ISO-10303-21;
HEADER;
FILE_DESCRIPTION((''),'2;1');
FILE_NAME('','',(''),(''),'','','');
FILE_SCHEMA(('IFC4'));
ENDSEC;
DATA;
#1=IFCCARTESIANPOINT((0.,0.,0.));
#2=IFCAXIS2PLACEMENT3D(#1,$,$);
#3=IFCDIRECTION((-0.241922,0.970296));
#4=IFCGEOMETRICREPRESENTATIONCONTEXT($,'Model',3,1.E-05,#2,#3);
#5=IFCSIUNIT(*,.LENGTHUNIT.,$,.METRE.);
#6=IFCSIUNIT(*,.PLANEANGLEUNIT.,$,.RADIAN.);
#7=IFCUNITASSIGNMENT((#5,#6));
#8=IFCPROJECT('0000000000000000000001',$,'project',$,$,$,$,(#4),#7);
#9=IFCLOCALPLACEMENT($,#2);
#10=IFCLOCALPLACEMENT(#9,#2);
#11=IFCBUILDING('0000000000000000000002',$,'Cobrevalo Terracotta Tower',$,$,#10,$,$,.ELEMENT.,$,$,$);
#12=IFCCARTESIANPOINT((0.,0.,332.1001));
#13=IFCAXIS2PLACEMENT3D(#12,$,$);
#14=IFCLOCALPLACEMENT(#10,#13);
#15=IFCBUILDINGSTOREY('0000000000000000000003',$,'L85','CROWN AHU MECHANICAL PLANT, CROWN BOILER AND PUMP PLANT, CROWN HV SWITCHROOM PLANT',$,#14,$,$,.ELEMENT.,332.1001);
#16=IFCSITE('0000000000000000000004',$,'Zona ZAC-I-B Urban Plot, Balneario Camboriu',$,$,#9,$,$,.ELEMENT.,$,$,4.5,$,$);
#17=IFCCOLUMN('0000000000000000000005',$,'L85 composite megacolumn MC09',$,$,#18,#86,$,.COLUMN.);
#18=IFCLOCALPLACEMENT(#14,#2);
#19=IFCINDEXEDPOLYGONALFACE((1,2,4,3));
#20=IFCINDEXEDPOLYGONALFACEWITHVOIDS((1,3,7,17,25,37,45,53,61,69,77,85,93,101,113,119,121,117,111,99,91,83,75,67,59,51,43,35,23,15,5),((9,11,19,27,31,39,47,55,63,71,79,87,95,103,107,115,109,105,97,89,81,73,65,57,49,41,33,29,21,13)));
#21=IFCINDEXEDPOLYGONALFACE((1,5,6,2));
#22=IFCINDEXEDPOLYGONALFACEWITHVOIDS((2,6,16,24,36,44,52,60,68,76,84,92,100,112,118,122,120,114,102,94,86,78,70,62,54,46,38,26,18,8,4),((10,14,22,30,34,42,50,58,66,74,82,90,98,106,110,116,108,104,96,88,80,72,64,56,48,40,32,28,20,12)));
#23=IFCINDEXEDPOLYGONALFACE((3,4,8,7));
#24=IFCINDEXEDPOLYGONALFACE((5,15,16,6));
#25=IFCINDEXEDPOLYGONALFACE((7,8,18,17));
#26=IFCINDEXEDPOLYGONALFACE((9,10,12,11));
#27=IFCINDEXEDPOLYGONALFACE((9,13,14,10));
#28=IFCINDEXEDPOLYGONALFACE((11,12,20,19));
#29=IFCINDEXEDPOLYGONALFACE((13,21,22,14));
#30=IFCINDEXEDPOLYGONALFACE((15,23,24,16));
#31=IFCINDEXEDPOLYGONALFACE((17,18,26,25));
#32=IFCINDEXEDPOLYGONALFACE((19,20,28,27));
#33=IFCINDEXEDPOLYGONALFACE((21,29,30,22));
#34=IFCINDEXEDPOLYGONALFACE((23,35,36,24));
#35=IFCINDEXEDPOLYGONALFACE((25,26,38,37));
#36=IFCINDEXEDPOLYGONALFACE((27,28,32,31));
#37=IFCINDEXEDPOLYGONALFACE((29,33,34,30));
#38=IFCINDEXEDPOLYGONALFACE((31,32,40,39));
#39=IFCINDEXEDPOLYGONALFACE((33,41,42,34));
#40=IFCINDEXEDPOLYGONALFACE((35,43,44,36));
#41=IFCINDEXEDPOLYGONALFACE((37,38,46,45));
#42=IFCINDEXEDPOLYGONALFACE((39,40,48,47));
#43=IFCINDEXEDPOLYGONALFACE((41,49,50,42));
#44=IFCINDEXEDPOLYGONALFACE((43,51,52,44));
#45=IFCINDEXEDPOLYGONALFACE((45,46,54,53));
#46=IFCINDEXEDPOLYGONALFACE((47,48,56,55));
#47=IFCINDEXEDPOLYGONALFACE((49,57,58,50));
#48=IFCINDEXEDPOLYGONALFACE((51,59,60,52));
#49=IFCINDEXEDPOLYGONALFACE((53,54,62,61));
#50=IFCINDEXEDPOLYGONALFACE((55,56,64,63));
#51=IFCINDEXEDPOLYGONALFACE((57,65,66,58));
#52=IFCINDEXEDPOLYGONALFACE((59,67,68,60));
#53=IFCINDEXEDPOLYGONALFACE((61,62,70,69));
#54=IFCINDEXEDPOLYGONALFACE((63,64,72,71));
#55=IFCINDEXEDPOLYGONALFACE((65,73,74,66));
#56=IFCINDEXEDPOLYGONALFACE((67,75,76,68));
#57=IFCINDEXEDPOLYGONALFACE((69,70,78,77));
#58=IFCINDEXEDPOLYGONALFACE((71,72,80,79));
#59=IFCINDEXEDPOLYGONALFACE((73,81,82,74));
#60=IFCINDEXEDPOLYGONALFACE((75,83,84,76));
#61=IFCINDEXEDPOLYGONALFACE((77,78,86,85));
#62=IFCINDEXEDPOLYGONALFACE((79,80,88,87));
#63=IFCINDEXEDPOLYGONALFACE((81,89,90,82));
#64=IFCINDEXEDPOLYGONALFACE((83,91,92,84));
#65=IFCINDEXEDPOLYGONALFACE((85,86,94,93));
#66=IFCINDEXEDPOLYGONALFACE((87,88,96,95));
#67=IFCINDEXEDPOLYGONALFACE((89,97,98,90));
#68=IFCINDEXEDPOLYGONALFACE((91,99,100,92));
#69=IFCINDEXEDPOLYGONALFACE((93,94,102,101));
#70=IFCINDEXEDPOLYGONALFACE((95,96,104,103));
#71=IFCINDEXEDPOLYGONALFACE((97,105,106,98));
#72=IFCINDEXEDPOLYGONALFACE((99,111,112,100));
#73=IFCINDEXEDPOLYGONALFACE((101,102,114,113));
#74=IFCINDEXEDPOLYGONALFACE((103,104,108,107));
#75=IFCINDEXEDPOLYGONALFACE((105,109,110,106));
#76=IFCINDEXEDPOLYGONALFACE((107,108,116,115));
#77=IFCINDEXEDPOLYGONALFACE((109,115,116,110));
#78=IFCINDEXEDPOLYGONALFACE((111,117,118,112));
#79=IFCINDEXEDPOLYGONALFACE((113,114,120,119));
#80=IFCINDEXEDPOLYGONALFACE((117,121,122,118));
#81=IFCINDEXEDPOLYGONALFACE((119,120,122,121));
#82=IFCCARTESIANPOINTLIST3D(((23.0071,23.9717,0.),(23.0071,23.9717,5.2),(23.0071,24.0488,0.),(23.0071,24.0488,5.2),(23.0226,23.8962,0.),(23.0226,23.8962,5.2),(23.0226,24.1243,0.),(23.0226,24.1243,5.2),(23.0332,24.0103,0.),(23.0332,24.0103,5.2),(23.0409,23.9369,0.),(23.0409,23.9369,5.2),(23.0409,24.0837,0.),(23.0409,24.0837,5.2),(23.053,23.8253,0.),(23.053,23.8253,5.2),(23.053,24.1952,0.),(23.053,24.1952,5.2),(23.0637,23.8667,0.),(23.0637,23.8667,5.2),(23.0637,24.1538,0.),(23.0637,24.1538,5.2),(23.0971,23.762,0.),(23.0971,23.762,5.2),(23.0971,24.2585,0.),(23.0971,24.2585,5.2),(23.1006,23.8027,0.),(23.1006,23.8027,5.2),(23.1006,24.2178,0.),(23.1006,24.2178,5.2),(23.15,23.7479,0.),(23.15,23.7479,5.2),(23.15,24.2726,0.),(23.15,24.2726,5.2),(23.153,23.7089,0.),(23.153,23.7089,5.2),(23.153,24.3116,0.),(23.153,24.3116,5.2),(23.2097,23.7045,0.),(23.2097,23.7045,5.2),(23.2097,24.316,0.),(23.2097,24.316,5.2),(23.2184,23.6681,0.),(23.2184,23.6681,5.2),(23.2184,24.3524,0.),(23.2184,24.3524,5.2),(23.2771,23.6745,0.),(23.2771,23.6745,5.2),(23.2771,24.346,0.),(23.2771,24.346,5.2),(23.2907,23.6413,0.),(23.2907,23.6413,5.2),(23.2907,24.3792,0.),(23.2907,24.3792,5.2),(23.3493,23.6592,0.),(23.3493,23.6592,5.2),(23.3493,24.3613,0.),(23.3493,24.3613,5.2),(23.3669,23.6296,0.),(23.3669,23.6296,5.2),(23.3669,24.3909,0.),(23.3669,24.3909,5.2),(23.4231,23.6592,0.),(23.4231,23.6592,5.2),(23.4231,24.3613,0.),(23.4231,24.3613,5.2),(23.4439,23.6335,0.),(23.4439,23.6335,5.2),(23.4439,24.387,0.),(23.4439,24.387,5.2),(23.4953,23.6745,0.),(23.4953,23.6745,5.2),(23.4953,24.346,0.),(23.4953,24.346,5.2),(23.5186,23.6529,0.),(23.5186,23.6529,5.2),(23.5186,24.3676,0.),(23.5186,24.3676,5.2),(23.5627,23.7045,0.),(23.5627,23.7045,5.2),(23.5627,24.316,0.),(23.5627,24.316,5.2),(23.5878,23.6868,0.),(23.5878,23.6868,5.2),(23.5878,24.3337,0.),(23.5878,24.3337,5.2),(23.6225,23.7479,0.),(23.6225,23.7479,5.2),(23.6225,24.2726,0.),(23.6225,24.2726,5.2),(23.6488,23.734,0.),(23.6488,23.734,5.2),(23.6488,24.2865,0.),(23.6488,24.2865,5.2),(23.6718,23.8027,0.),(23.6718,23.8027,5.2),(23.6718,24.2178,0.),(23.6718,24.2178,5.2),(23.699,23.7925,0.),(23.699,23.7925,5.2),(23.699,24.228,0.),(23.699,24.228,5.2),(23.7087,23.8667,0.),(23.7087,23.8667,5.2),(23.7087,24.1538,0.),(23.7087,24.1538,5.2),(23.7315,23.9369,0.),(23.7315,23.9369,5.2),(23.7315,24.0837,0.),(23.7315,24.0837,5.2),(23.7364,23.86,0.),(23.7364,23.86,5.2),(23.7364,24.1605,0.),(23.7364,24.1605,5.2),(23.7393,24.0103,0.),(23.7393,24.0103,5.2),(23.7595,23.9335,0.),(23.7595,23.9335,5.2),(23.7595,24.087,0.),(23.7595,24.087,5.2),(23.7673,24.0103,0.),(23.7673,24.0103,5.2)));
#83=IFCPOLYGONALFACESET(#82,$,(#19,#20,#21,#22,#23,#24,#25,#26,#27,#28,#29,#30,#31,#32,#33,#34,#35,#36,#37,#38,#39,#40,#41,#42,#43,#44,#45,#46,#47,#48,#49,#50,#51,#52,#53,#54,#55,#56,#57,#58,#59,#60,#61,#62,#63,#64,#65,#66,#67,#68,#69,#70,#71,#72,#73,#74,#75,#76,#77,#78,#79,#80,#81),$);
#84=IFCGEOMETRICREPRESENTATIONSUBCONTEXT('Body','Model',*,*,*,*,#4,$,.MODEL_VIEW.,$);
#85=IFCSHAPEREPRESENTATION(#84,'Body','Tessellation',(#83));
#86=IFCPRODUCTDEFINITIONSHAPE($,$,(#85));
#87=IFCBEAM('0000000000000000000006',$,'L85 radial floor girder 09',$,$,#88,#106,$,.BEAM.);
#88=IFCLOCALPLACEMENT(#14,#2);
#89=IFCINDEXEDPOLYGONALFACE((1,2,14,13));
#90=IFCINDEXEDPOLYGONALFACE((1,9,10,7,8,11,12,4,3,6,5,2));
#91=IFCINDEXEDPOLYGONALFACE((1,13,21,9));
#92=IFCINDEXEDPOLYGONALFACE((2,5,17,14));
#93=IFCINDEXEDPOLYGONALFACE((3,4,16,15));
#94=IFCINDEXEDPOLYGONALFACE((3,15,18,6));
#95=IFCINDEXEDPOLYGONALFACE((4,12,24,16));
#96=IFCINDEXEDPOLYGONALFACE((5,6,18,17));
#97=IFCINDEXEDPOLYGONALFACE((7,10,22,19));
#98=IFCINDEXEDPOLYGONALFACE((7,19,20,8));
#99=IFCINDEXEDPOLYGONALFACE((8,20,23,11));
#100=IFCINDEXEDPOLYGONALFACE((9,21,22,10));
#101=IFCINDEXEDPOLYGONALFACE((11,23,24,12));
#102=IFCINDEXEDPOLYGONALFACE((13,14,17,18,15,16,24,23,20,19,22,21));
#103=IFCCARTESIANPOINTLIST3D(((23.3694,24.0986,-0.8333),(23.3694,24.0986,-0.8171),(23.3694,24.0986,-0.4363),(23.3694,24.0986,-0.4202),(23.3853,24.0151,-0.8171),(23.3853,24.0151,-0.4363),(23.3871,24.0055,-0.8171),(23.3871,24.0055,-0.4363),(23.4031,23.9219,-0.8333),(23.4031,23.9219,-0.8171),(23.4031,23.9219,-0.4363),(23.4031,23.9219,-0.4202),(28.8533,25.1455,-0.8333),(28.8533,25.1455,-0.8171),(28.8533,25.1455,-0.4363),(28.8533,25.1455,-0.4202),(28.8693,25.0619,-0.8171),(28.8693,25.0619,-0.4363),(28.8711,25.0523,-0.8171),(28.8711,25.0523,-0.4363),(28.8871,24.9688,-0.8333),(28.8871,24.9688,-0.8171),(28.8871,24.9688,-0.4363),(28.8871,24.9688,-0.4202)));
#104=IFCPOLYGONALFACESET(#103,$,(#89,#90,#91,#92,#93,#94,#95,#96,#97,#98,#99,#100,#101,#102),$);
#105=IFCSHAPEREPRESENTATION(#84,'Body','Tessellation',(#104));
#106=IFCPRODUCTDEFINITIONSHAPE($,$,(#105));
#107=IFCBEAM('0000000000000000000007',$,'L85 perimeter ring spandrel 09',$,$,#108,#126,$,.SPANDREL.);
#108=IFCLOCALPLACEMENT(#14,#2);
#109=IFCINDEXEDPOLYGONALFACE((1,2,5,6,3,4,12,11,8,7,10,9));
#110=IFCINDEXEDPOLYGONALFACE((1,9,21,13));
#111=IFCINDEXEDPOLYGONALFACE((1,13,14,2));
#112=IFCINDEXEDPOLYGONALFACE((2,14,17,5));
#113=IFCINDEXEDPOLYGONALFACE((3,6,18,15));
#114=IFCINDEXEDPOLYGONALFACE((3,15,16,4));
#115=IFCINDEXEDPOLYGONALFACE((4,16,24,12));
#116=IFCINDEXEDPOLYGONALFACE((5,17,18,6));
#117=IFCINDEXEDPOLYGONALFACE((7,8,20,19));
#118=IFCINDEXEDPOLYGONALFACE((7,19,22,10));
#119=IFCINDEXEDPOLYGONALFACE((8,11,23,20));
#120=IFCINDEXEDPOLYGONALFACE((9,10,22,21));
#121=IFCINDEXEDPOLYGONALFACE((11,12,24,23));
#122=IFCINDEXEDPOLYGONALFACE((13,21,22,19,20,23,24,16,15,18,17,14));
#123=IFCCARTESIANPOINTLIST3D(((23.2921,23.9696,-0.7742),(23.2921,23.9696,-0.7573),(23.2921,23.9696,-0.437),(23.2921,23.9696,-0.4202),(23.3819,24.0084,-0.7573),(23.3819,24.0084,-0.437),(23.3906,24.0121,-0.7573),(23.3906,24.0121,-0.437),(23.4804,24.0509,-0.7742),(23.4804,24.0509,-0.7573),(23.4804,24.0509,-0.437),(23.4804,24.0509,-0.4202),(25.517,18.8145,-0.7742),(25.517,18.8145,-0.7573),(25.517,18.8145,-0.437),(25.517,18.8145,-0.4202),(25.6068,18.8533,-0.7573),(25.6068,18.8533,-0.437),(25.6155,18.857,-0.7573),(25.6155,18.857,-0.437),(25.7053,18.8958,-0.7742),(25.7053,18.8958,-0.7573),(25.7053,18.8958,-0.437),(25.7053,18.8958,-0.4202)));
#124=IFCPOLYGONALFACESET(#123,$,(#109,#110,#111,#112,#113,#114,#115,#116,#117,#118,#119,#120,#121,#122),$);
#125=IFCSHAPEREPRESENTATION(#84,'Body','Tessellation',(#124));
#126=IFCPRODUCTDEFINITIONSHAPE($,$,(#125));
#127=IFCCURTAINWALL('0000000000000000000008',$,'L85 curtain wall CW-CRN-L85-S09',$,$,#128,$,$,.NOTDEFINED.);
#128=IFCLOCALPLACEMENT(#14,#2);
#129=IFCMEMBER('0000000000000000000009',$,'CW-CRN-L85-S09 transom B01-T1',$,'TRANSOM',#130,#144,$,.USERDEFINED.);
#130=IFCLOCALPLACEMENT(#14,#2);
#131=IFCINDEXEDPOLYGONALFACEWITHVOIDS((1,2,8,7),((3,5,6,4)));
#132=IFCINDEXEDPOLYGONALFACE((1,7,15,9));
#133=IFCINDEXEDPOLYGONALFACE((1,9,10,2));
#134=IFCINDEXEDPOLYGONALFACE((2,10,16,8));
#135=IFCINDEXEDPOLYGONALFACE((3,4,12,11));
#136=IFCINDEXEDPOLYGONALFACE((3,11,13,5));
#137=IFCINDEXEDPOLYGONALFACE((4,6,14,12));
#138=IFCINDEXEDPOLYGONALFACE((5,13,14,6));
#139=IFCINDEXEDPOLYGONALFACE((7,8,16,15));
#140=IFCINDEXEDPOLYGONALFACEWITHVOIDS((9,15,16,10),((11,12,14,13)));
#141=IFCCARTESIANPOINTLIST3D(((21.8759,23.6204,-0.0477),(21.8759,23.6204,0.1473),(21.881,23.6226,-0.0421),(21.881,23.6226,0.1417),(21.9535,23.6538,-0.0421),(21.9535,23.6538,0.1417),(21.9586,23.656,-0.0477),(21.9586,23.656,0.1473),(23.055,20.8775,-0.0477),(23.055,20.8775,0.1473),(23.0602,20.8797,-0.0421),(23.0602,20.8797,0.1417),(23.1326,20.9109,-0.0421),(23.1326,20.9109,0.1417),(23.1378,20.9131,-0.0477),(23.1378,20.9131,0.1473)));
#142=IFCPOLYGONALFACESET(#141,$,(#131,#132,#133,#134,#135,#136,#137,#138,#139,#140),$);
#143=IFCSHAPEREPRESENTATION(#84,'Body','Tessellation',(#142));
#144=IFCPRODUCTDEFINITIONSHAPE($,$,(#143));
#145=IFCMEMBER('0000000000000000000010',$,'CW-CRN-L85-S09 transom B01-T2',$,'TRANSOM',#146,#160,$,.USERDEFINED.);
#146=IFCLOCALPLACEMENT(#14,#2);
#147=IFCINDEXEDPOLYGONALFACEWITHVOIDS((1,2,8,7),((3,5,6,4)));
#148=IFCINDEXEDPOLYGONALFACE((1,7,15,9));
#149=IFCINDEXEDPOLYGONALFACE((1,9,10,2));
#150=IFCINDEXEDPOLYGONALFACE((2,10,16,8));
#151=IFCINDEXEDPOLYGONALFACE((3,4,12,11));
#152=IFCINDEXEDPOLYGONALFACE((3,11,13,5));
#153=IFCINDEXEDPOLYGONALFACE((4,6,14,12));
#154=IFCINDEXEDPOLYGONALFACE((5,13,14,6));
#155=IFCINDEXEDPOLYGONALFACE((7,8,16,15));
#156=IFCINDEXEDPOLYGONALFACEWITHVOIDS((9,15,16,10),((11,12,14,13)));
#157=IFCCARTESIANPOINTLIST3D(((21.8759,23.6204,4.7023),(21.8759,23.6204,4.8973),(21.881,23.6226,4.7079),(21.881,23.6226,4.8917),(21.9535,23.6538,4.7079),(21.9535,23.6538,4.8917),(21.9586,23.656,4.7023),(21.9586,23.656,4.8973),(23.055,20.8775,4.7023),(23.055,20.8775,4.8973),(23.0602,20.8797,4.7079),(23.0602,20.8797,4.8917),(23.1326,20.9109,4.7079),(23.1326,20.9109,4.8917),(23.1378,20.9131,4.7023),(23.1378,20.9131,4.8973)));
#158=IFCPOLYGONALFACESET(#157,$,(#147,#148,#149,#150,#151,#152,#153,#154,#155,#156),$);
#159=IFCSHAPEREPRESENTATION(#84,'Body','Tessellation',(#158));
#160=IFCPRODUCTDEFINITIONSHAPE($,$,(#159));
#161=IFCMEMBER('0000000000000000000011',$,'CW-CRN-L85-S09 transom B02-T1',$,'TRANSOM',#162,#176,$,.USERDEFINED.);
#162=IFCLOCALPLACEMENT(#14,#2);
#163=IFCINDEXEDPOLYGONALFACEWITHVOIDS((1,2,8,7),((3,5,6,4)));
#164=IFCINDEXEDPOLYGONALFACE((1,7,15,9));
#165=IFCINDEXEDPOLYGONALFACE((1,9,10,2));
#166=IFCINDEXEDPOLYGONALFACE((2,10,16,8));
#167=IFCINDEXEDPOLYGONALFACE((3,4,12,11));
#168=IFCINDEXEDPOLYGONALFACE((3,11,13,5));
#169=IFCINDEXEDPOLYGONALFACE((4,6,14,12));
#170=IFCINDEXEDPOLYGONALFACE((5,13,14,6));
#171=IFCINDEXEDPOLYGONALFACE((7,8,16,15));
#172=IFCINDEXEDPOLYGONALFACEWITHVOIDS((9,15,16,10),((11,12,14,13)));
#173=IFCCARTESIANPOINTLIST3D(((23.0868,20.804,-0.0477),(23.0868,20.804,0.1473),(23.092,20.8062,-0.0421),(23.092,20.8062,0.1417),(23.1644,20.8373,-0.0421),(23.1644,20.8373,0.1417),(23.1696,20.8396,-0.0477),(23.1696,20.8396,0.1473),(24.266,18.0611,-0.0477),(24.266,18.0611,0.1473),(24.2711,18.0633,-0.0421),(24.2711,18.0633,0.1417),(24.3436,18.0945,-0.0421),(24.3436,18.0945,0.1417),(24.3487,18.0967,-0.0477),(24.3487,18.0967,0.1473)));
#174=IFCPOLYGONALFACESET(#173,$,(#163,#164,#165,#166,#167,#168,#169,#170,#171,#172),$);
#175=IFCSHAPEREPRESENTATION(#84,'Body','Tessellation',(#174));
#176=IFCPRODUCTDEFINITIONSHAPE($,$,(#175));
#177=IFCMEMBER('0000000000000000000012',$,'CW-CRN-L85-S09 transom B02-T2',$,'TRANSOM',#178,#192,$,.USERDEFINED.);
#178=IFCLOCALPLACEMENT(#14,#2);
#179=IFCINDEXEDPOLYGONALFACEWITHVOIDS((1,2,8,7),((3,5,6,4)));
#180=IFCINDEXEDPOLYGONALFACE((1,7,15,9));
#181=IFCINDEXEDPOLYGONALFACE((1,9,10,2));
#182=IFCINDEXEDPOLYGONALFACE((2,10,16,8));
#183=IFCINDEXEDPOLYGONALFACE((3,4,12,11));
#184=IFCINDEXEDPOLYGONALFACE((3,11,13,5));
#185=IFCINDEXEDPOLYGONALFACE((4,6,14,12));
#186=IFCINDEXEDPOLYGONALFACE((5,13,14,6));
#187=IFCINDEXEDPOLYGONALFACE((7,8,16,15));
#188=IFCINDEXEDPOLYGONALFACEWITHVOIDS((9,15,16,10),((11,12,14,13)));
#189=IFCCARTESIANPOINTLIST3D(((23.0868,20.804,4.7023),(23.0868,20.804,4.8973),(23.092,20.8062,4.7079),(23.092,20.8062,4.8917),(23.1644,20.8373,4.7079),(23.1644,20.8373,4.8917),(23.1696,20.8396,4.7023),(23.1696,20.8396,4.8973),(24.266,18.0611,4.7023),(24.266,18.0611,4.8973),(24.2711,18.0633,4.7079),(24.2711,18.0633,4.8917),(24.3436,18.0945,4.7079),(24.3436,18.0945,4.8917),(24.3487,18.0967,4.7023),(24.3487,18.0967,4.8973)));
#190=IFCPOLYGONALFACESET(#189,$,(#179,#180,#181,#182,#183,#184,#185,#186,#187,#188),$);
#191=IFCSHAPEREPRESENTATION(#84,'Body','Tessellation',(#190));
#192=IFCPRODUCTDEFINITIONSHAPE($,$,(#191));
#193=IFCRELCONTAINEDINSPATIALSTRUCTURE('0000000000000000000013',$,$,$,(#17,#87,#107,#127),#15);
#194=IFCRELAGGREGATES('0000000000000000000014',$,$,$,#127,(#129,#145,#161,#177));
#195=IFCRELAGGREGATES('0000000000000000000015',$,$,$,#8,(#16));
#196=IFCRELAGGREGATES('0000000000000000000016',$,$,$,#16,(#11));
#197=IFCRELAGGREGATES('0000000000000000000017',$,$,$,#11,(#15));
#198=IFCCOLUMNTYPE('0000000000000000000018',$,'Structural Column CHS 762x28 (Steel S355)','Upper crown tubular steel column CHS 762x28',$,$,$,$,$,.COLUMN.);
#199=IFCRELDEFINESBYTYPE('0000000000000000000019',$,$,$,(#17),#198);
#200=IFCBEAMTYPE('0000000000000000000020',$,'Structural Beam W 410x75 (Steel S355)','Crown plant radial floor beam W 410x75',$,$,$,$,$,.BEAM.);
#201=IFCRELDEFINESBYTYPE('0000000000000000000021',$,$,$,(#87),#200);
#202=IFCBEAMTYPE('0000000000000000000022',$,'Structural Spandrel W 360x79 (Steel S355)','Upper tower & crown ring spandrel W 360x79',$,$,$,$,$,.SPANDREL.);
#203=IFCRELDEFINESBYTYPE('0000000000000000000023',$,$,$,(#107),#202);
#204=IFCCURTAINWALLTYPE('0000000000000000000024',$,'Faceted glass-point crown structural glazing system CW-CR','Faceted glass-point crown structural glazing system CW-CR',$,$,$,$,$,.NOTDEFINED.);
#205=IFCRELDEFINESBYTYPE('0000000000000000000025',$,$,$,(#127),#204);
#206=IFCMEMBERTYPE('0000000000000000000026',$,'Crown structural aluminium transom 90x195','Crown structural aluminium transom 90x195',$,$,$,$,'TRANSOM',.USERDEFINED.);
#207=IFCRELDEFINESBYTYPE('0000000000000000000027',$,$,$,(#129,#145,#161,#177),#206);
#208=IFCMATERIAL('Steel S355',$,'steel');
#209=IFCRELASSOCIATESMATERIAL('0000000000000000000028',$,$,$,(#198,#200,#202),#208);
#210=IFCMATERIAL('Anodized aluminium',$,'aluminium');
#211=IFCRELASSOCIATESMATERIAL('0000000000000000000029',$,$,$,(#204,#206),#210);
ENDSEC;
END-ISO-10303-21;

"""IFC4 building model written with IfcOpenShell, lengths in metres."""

from ifc_helpers import new_model, si_unit, direction, frame, origin, origin_2d, place, context, subcontext, project, spatial, hollow_rectangle, hollow_circle, i_section, extrude, source, transform, mapped, material, material_profile, profile_set, type_object, element, aggregate, save


model = new_model("IFC4")

# Units and contexts
model_context = context("Model", 3, precision=1e-05, world=origin(), true_north=direction((-0.241922, 0.970296)))
body_context = subcontext(model_context, "Body", "Model", "MODEL_VIEW")
ifc_project = project(units=[si_unit("LENGTHUNIT", "METRE"), si_unit("PLANEANGLEUNIT", "RADIAN")], contexts=[model_context])

# Site, building, storey
site_placement = place(None, origin())
site = spatial("IfcSite", under=ifc_project, at=site_placement, Name="Zona ZAC-I-B Urban Plot, Balneario Camboriu", CompositionType="ELEMENT", RefElevation=4.5)
building_placement = place(site_placement, origin())
building = spatial("IfcBuilding", under=site, at=building_placement, Name="Cobrevalo Terracotta Tower", CompositionType="ELEMENT")
storey_placement = place(building_placement, frame((0.0, 0.0, 332.1001)))
storey = spatial("IfcBuildingStorey", under=building, at=storey_placement, Name="L85", Description="CROWN AHU MECHANICAL PLANT, CROWN BOILER AND PUMP PLANT, CROWN HV SWITCHROOM PLANT", CompositionType="ELEMENT", Elevation=332.1001)

# Column
ifc_material_1 = material(Name="Steel S355", Category="steel")
ifc_material_profile_1 = material_profile(ifc_material_1, hollow_circle(Radius=0.3811, WallThickness=0.0281, at=origin_2d()), Name="CHS 762x28")
ifc_profile_set_1 = profile_set([ifc_material_profile_1], Name="Steel S355")
column_type = type_object("IfcColumnType", Name="Structural Column CHS 762x28 (Steel S355)", Description="Upper crown tubular steel column CHS 762x28", PredefinedType="COLUMN", material=ifc_profile_set_1)
column_placement = place(storey_placement, frame((23.3862, 24.0103, 0.0), z_axis=(0.0, 0.0, 1.0), x_axis=(1.0, 0.0, 0.0)))
element("IfcColumn", 1, at=column_placement, inside=storey, type_object=column_type, Name="L85 composite megacolumn MC09", PredefinedType="COLUMN", context=body_context, shape_type="SweptSolid", body=[
    extrude(hollow_circle(Radius=0.3811, WallThickness=0.0281, at=origin_2d()), origin(), (0.0, 0.0, 1.0), 5.2),
])

# Beams
ifc_material_profile_2 = material_profile(ifc_material_1, i_section(OverallWidth=0.1799, OverallDepth=0.4131, WebThickness=0.0098, FlangeThickness=0.0161, at=origin_2d()), Name="W 410x75")
ifc_profile_set_2 = profile_set([ifc_material_profile_2], Name="Steel S355")
beam_type_1 = type_object("IfcBeamType", Name="Structural Beam W 410x75 (Steel S355)", Description="Crown plant radial floor beam W 410x75", PredefinedType="BEAM", material=ifc_profile_set_2)
beam_1_placement = place(storey_placement, frame((23.3862, 24.0103, -0.6267), z_axis=(0.982262, 0.187514, 0.0), x_axis=(-0.187514, 0.982262, 0.0)))
element("IfcBeam", 2, at=beam_1_placement, inside=storey, type_object=beam_type_1, Name="L85 radial floor girder 09", PredefinedType="BEAM", context=body_context, shape_type="SweptSolid", body=[
    extrude(i_section(OverallWidth=0.1799, OverallDepth=0.4131, WebThickness=0.0098, FlangeThickness=0.0161, at=origin_2d()), origin(), (0.0, 0.0, 1.0), 5.583),
])
ifc_material_profile_3 = material_profile(ifc_material_1, i_section(OverallWidth=0.2051, OverallDepth=0.354, WebThickness=0.0095, FlangeThickness=0.0168, at=origin_2d()), Name="W 360x79")
ifc_profile_set_3 = profile_set([ifc_material_profile_3], Name="Steel S355")
beam_type_2 = type_object("IfcBeamType", Name="Structural Spandrel W 360x79 (Steel S355)", Description="Upper tower & crown ring spandrel W 360x79", PredefinedType="SPANDREL", material=ifc_profile_set_3)
beam_2_placement = place(storey_placement, frame((23.3862, 24.0103, -0.5972), z_axis=(0.396259, -0.918139, 0.0), x_axis=(0.918139, 0.396259, 0.0)))
element("IfcBeam", 3, at=beam_2_placement, inside=storey, type_object=beam_type_2, Name="L85 perimeter ring spandrel 09", PredefinedType="SPANDREL", context=body_context, shape_type="SweptSolid", body=[
    extrude(i_section(OverallWidth=0.2051, OverallDepth=0.354, WebThickness=0.0095, FlangeThickness=0.0168, at=origin_2d()), origin(), (0.0, 0.0, 1.0), 5.6147),
])

# Curtain wall, members
ifc_material_2 = material(Name="Anodized aluminium", Category="aluminium")
curtain_wall_type = type_object("IfcCurtainWallType", Name="Faceted glass-point crown structural glazing system CW-CR", Description="Faceted glass-point crown structural glazing system CW-CR", PredefinedType="NOTDEFINED", material=ifc_material_2)
curtain_wall_1_placement = place(storey_placement, origin())
curtain_wall_1 = element("IfcCurtainWall", 4, at=curtain_wall_1_placement, inside=storey, type_object=curtain_wall_type, Name="L85 curtain wall CW-CRN-L85-S09", PredefinedType="NOTDEFINED")
ifc_material_profile_4 = material_profile(ifc_material_2, hollow_rectangle(XDim=0.0901, YDim=0.1951, WallThickness=0.0056, at=origin_2d()), Name="CWT 90x195")
ifc_profile_set_4 = profile_set([ifc_material_profile_4], Name="Anodized aluminium")
member_type_1 = type_object("IfcMemberType", Name="Crown structural aluminium transom 90x195", Description="Crown structural aluminium transom 90x195", ElementType="TRANSOM", PredefinedType="USERDEFINED", material=ifc_profile_set_4)
shared_shape_1 = source(origin(), body_context, "Body", "SweptSolid", [
    extrude(hollow_rectangle(XDim=0.0901, YDim=0.1951, WallThickness=0.0056, at=origin_2d()), origin(), (0.0, 0.0, 1.0), 2.9856),
])
member_1_placement = place(storey_placement, frame((21.9172, 23.6382, 0.0498), z_axis=(0.394955, -0.9187, 0.0), x_axis=(0.9187, 0.394955, 0.0)))
member_1 = element("IfcMember", 5, at=member_1_placement, type_object=member_type_1, Name="CW-CRN-L85-S09 transom B01-T1", ObjectType="TRANSOM", PredefinedType="USERDEFINED", context=body_context, shape_type="MappedRepresentation", body=[
    mapped(shared_shape_1, transform((0.0, 0.0, 0.0), scale=1.0)),
])
member_2_placement = place(storey_placement, frame((21.9172, 23.6382, 4.7998), z_axis=(0.394955, -0.9187, 0.0), x_axis=(0.9187, 0.394955, 0.0)))
member_2 = element("IfcMember", 6, at=member_2_placement, type_object=member_type_1, Name="CW-CRN-L85-S09 transom B01-T2", ObjectType="TRANSOM", PredefinedType="USERDEFINED", context=body_context, shape_type="MappedRepresentation", body=[
    mapped(shared_shape_1, transform((0.0, 0.0, 0.0), scale=1.0)),
])
member_3_placement = place(storey_placement, frame((23.1282, 20.8218, 0.0498), z_axis=(0.394955, -0.9187, 0.0), x_axis=(0.9187, 0.394955, 0.0)))
member_3 = element("IfcMember", 7, at=member_3_placement, type_object=member_type_1, Name="CW-CRN-L85-S09 transom B02-T1", ObjectType="TRANSOM", PredefinedType="USERDEFINED", context=body_context, shape_type="MappedRepresentation", body=[
    mapped(shared_shape_1, transform((0.0, 0.0, 0.0), scale=1.0)),
])
member_4_placement = place(storey_placement, frame((23.1282, 20.8218, 4.7998), z_axis=(0.394955, -0.9187, 0.0), x_axis=(0.9187, 0.394955, 0.0)))
member_4 = element("IfcMember", 8, at=member_4_placement, type_object=member_type_1, Name="CW-CRN-L85-S09 transom B02-T2", ObjectType="TRANSOM", PredefinedType="USERDEFINED", context=body_context, shape_type="MappedRepresentation", body=[
    mapped(shared_shape_1, transform((0.0, 0.0, 0.0), scale=1.0)),
])

aggregate(curtain_wall_1, [member_1, member_2, member_3, member_4])

save(model, "model.ifc")
